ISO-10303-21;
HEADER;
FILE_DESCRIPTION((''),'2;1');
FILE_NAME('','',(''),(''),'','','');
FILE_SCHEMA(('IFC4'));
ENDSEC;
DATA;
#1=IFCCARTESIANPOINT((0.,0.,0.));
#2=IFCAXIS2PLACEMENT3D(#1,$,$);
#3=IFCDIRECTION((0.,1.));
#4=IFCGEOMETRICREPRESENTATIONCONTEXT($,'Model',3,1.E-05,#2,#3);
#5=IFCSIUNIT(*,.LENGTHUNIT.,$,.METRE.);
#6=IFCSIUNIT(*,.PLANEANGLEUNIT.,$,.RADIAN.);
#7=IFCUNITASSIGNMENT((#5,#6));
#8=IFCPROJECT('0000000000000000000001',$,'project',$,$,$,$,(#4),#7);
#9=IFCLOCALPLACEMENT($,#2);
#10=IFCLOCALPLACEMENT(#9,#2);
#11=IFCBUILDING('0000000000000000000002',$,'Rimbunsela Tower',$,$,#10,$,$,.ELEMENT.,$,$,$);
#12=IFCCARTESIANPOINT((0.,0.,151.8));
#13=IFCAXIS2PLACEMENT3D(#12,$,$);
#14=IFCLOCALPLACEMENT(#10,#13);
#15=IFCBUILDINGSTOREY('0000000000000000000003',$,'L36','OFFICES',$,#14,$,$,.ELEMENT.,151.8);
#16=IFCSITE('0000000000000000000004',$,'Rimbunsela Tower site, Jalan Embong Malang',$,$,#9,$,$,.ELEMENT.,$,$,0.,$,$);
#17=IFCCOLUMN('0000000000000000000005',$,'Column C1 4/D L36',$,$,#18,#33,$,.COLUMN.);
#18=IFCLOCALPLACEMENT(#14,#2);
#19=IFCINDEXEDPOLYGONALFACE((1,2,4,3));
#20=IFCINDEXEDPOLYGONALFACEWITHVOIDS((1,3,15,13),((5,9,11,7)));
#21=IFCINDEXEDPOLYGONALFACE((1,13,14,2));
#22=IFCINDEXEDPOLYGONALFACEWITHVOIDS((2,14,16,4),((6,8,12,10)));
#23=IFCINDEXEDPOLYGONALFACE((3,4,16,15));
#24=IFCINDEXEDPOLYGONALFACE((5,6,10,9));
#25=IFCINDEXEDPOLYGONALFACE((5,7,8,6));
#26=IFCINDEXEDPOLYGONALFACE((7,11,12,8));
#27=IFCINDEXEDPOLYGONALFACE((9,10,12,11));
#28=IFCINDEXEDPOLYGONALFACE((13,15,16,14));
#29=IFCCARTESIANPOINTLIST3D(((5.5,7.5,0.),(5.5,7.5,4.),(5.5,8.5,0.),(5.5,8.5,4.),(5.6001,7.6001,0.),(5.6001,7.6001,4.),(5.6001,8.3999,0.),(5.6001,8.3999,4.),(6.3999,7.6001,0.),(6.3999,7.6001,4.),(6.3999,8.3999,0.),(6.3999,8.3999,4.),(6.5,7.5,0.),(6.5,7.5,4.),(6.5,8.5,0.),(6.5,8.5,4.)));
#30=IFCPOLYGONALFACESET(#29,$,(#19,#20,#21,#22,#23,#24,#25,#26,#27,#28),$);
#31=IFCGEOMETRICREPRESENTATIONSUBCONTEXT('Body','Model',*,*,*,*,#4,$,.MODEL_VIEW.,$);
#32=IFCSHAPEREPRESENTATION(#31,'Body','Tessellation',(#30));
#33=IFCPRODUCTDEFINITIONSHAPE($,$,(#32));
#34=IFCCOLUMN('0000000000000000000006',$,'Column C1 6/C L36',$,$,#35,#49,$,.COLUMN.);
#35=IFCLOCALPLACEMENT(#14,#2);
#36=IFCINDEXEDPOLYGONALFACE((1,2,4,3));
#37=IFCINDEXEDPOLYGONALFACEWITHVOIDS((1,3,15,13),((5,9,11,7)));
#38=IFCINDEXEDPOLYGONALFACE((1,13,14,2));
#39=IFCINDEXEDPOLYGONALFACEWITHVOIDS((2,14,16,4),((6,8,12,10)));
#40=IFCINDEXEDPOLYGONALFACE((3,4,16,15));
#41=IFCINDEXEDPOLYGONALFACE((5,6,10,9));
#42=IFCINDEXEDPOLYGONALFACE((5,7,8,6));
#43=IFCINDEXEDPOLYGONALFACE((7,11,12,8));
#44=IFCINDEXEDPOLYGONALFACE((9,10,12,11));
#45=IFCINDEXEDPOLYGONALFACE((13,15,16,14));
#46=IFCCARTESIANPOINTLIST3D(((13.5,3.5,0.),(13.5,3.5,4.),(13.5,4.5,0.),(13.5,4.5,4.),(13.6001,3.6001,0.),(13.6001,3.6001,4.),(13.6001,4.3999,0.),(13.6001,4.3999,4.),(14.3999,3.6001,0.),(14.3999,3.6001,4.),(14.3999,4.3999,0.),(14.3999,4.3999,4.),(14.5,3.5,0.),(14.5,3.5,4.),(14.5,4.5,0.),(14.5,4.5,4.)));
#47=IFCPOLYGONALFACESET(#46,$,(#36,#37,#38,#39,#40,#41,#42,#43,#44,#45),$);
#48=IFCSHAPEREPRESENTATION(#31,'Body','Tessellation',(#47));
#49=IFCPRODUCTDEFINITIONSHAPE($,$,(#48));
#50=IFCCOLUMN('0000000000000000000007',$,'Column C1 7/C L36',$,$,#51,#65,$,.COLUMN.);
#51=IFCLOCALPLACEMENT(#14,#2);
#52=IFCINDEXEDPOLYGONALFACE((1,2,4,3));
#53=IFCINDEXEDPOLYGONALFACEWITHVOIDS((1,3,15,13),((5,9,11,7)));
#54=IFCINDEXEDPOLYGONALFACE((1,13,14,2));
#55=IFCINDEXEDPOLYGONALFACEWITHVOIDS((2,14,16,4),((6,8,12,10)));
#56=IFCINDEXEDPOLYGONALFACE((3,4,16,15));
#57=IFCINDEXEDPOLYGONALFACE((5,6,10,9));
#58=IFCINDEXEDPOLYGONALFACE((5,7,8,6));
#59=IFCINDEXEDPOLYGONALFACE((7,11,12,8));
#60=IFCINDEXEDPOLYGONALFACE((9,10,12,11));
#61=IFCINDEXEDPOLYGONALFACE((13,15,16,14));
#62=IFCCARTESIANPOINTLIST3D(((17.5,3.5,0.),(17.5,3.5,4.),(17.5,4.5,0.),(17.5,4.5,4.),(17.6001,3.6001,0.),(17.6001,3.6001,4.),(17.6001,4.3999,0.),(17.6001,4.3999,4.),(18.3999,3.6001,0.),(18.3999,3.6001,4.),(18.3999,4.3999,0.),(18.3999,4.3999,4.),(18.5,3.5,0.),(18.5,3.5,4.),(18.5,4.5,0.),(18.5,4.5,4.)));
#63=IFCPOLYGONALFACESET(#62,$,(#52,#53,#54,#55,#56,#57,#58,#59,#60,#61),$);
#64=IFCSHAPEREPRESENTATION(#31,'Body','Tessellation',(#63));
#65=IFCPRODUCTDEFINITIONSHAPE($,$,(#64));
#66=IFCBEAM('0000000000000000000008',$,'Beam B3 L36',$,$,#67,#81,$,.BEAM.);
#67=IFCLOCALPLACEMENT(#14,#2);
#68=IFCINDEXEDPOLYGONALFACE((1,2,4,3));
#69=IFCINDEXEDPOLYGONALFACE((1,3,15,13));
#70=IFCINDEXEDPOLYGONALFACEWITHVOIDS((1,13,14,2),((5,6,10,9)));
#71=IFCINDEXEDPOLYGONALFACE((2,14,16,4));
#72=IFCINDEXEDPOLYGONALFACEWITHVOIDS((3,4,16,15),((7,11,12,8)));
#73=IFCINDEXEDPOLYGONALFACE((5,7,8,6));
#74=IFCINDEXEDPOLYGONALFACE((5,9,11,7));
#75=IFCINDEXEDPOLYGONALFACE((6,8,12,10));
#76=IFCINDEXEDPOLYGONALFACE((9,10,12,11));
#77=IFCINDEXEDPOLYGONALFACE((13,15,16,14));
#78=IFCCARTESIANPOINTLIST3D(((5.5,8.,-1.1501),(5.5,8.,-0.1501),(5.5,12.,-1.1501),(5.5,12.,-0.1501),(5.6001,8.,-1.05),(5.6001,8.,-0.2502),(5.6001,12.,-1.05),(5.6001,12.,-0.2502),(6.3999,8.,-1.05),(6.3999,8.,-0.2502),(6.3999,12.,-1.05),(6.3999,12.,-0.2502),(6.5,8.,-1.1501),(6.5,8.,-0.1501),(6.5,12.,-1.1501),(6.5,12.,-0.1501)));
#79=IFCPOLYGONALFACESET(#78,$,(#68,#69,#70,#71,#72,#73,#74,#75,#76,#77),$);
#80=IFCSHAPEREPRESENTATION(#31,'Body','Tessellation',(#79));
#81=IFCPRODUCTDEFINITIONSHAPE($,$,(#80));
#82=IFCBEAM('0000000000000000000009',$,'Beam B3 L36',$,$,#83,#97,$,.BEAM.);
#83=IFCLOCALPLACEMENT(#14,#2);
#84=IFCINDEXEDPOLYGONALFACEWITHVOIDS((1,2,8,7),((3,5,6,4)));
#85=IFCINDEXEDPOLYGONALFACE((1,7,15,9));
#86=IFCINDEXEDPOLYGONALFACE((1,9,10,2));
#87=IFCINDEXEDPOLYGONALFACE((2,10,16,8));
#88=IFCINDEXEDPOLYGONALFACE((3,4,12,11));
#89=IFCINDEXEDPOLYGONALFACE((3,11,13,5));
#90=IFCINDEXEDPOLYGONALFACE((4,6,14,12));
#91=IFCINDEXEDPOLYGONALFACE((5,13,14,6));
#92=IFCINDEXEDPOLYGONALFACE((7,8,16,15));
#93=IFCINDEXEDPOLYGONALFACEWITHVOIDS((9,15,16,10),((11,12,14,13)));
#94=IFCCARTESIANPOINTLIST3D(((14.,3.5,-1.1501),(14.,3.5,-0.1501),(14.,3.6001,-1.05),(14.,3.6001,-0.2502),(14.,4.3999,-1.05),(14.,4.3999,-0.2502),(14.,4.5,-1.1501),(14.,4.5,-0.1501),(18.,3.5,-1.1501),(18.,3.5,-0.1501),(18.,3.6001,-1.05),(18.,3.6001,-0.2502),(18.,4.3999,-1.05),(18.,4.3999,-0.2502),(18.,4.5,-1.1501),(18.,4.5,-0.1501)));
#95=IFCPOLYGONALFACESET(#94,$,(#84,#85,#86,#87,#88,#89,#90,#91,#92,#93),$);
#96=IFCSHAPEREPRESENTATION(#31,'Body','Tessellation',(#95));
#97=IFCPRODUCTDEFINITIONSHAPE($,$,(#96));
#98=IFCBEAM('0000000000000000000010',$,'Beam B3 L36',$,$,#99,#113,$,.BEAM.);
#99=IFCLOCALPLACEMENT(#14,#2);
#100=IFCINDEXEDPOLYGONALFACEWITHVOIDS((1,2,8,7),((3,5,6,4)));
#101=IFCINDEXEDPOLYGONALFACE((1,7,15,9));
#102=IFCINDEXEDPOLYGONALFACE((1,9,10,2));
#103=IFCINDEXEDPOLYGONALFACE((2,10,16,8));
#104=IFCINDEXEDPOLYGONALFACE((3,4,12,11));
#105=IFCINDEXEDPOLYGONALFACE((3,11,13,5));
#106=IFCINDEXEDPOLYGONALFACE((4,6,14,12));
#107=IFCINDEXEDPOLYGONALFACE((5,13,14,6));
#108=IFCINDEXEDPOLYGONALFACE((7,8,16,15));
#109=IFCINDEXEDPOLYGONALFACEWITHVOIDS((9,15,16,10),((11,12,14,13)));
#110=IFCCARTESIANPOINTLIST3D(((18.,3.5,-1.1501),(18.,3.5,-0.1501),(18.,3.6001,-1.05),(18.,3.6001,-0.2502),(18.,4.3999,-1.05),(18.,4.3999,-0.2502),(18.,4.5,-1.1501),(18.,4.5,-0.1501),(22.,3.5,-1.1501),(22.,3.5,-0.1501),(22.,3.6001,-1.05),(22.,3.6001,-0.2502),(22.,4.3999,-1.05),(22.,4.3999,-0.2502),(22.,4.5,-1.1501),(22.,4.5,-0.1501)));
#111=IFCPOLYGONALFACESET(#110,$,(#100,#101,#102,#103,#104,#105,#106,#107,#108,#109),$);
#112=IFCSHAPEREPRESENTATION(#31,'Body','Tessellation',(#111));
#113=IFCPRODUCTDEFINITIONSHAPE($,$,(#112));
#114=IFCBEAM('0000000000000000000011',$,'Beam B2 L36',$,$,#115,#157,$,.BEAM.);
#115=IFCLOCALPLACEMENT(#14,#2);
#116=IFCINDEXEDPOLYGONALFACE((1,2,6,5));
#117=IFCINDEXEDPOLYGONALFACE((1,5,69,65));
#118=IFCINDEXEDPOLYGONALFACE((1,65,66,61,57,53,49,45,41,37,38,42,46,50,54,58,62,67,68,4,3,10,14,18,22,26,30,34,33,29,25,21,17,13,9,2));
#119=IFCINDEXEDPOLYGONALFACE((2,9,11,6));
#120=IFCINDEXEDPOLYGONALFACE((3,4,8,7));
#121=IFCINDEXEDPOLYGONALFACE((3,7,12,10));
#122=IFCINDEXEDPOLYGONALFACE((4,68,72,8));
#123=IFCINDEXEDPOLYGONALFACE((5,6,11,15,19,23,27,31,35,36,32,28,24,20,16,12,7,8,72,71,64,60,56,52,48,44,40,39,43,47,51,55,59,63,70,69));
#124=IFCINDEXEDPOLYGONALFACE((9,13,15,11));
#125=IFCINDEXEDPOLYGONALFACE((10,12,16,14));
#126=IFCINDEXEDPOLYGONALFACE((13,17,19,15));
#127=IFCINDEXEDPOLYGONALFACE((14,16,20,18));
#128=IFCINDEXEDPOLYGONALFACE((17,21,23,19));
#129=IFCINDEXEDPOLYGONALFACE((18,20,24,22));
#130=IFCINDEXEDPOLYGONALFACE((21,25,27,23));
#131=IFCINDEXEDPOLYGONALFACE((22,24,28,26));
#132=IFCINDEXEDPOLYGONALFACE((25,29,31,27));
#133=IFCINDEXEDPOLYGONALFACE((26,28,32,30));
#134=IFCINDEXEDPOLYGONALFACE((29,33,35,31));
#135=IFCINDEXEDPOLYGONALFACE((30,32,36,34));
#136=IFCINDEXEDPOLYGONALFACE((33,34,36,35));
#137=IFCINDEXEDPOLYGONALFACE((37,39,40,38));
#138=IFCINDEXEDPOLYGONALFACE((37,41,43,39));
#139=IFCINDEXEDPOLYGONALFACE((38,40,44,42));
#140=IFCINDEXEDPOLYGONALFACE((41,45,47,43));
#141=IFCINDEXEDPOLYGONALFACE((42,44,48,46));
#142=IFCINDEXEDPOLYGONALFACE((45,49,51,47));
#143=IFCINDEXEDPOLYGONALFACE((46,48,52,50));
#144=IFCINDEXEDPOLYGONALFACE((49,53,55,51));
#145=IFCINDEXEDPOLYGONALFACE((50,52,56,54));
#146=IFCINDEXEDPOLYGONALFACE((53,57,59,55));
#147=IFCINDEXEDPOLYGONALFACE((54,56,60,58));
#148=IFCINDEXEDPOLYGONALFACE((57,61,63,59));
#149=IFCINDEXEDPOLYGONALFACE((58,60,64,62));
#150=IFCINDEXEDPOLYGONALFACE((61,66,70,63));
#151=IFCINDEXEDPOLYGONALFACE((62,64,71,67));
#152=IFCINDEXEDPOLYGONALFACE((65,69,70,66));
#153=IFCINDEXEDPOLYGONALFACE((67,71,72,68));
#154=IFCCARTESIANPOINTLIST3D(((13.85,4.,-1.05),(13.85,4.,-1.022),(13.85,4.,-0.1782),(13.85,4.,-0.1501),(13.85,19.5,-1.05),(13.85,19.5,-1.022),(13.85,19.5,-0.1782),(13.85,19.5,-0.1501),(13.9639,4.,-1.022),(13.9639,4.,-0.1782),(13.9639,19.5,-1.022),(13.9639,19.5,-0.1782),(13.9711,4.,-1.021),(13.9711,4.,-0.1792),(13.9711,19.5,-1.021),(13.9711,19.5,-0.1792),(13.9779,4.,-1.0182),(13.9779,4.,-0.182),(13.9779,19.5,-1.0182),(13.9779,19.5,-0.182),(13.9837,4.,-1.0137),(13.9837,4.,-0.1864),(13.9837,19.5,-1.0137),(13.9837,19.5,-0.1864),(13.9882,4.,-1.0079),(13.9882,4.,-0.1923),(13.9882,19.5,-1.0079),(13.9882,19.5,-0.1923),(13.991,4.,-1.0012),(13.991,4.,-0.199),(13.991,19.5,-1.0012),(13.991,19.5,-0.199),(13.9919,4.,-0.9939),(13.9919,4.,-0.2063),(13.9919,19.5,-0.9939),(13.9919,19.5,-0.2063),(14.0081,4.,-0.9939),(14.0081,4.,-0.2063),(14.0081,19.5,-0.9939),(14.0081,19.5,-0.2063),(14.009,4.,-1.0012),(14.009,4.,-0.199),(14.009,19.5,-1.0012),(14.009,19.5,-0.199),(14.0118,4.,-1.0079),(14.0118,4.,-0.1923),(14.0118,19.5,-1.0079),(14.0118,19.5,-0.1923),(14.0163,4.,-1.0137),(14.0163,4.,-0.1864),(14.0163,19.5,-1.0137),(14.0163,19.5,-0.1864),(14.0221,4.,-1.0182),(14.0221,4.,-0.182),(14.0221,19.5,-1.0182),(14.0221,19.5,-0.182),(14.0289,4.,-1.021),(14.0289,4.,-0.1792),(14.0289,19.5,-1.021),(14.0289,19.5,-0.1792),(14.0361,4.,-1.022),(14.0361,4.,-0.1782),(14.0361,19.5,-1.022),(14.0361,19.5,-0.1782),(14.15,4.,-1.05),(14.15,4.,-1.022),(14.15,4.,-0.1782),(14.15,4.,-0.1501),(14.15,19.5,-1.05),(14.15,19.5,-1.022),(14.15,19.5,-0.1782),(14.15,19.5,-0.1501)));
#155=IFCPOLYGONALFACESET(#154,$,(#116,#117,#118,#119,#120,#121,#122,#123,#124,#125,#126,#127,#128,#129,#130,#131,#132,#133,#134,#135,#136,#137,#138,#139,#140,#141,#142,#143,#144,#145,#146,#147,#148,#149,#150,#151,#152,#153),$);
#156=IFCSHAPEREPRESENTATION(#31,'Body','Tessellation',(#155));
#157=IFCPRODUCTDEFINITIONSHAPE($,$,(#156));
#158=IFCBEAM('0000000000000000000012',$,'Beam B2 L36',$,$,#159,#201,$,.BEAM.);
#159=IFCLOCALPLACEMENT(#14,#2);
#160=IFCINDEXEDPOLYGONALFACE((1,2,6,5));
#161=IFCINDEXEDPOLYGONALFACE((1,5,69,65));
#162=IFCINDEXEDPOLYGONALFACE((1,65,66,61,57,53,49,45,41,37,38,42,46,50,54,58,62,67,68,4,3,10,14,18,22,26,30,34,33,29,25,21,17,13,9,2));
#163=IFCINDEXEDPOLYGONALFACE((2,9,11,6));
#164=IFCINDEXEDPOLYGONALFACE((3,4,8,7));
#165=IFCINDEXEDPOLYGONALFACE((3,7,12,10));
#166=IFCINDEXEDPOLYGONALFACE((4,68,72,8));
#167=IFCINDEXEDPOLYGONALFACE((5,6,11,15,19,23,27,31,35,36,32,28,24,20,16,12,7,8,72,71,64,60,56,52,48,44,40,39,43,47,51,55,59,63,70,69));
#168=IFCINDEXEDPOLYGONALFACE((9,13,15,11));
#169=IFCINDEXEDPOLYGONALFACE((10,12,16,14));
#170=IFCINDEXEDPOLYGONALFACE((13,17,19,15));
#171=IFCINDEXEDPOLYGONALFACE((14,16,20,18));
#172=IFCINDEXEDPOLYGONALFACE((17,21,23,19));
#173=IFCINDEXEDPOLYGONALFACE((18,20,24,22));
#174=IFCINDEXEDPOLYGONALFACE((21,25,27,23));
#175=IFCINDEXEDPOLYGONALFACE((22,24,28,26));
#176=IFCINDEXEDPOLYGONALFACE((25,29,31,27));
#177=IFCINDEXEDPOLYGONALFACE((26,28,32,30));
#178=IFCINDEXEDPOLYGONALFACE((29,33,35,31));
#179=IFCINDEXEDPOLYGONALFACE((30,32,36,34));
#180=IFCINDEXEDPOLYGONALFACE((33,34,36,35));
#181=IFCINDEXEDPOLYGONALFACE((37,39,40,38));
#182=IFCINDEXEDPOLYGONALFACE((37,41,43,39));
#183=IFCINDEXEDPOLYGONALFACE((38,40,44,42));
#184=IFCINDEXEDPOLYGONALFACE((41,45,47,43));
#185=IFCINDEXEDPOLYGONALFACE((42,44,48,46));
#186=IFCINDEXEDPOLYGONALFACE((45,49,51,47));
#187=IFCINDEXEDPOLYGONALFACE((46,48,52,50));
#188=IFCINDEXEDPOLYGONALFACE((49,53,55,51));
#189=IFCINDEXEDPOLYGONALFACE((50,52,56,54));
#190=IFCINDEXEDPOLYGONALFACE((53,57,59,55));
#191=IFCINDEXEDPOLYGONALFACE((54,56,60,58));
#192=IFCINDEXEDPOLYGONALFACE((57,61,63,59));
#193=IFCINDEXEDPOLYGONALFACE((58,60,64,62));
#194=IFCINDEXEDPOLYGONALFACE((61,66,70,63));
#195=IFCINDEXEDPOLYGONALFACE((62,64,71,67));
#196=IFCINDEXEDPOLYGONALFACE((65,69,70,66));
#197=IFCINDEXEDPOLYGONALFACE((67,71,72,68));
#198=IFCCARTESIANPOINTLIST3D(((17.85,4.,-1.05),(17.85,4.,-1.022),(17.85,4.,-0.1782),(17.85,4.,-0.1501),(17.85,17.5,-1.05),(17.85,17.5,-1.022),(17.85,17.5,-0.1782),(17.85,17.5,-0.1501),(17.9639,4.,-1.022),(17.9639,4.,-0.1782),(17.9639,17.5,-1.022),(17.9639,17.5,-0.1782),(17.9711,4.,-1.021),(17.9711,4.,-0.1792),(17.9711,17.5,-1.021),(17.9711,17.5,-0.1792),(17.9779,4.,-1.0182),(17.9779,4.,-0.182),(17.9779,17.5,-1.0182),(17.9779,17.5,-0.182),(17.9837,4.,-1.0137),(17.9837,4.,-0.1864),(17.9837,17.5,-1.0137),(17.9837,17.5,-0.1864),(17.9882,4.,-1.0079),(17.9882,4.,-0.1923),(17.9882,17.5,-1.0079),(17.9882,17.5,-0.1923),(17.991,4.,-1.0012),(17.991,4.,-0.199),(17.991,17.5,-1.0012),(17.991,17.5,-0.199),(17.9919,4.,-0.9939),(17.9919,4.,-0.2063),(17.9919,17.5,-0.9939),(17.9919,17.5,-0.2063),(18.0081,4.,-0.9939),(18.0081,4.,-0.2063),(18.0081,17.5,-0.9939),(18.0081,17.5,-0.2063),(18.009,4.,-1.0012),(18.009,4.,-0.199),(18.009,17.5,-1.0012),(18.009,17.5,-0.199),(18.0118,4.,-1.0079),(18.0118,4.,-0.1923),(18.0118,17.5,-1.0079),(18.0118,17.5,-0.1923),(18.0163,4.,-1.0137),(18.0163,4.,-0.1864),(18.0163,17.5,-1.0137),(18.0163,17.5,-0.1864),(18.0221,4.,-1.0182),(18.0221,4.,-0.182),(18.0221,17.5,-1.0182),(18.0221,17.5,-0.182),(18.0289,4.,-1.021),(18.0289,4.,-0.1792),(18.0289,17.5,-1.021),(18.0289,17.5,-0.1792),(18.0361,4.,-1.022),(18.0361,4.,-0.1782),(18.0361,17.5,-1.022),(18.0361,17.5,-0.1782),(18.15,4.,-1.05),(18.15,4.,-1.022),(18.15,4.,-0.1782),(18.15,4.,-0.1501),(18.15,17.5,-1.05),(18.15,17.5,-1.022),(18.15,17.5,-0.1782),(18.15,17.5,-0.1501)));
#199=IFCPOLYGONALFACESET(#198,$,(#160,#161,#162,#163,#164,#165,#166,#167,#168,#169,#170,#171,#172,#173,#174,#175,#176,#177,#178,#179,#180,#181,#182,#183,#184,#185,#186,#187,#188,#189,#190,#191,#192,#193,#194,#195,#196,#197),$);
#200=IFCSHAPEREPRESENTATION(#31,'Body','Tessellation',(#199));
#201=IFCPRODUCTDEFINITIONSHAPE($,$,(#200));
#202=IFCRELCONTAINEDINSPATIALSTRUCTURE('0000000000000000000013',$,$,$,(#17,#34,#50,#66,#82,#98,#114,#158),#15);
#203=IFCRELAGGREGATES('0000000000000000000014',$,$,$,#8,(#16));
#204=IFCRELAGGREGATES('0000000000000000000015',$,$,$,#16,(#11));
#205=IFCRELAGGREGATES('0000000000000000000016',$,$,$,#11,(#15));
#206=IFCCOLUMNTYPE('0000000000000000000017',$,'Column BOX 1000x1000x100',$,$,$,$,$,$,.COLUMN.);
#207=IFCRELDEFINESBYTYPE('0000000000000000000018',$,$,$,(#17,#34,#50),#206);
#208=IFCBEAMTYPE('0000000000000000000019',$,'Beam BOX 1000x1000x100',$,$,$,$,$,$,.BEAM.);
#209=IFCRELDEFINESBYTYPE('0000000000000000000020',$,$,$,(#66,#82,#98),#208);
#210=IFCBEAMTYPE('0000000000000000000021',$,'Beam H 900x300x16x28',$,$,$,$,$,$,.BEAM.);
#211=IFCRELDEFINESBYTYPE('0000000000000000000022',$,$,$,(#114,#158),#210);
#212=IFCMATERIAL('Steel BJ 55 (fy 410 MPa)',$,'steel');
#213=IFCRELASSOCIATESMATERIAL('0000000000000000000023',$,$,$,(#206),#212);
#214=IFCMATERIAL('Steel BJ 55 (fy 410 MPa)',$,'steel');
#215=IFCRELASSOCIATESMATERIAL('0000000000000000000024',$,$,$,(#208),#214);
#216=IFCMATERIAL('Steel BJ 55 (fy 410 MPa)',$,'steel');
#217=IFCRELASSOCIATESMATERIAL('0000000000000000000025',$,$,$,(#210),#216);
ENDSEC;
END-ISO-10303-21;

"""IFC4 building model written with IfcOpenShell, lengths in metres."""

from ifc_helpers import new_model, si_unit, direction, frame, origin, origin_2d, place, context, subcontext, project, spatial, hollow_rectangle, i_section, extrude, material, material_profile, profile_set, type_object, element, save


model = new_model("IFC4")

# Units and contexts
model_context = context("Model", 3, precision=1e-05, world=origin(), true_north=direction((0.0, 1.0)))
body_context = subcontext(model_context, "Body", "Model", "MODEL_VIEW")
ifc_project = project(units=[si_unit("LENGTHUNIT", "METRE"), si_unit("PLANEANGLEUNIT", "RADIAN")], contexts=[model_context])

# Site, building, storey
site_placement = place(None, origin())
site = spatial("IfcSite", under=ifc_project, at=site_placement, Name="Rimbunsela Tower site, Jalan Embong Malang", CompositionType="ELEMENT", RefElevation=0.0)
building_placement = place(site_placement, origin())
building = spatial("IfcBuilding", under=site, at=building_placement, Name="Rimbunsela Tower", CompositionType="ELEMENT")
storey_placement = place(building_placement, frame((0.0, 0.0, 151.8)))
storey = spatial("IfcBuildingStorey", under=building, at=storey_placement, Name="L36", Description="OFFICES", CompositionType="ELEMENT", Elevation=151.8)

# Columns
ifc_material_1 = material(Name="Steel BJ 55 (fy 410 MPa)", Category="steel")
ifc_material_profile_1 = material_profile(ifc_material_1, hollow_rectangle(XDim=1.0, YDim=1.0, WallThickness=0.1001, at=origin_2d()), Name="BOX 1000x1000x100")
ifc_profile_set_1 = profile_set([ifc_material_profile_1], Name="Steel BJ 55 (fy 410 MPa)")
column_type = type_object("IfcColumnType", Name="Column BOX 1000x1000x100", PredefinedType="COLUMN", material=ifc_profile_set_1)
for number, where, z_axis, x_axis, name in (
    (1, (6.0, 8.0, 0.0), (0.0, 0.0, 1.0), (1.0, 0.0, 0.0), "Column C1 4/D L36"),
    (2, (14.0, 4.0, 0.0), (0.0, 0.0, 1.0), (1.0, 0.0, 0.0), "Column C1 6/C L36"),
    (3, (18.0, 4.0, 0.0), (0.0, 0.0, 1.0), (1.0, 0.0, 0.0), "Column C1 7/C L36"),
):
    element("IfcColumn", number, at=place(storey_placement, frame(where, z_axis=z_axis, x_axis=x_axis)), inside=storey, type_object=column_type, Name=name, PredefinedType="COLUMN", context=body_context, shape_type="SweptSolid", body=[
        extrude(hollow_rectangle(XDim=1.0, YDim=1.0, WallThickness=0.1001, at=origin_2d()), origin(), (0.0, 0.0, 1.0), 4.0),
    ])

# Beams
ifc_material_2 = material(Name="Steel BJ 55 (fy 410 MPa)", Category="steel")
ifc_material_profile_2 = material_profile(ifc_material_2, hollow_rectangle(XDim=1.0, YDim=1.0, WallThickness=0.1001, at=origin_2d()), Name="BOX 1000x1000x100")
ifc_profile_set_2 = profile_set([ifc_material_profile_2], Name="Steel BJ 55 (fy 410 MPa)")
beam_type_1 = type_object("IfcBeamType", Name="Beam BOX 1000x1000x100", PredefinedType="BEAM", material=ifc_profile_set_2)
for number, where, z_axis, x_axis, name in (
    (4, (6.0, 8.0, -0.6501), (0.0, 1.0, 0.0), (-1.0, 0.0, 0.0), "Beam B3 L36"),
    (5, (14.0, 4.0, -0.6501), (1.0, 0.0, 0.0), (0.0, 1.0, 0.0), "Beam B3 L36"),
    (6, (18.0, 4.0, -0.6501), (1.0, 0.0, 0.0), (0.0, 1.0, 0.0), "Beam B3 L36"),
):
    element("IfcBeam", number, at=place(storey_placement, frame(where, z_axis=z_axis, x_axis=x_axis)), inside=storey, type_object=beam_type_1, Name=name, PredefinedType="BEAM", context=body_context, shape_type="SweptSolid", body=[
        extrude(hollow_rectangle(XDim=1.0, YDim=1.0, WallThickness=0.1001, at=origin_2d()), origin(), (0.0, 0.0, 1.0), 4.0),
    ])
ifc_material_3 = material(Name="Steel BJ 55 (fy 410 MPa)", Category="steel")
ifc_material_profile_3 = material_profile(ifc_material_3, i_section(OverallWidth=0.3, OverallDepth=0.8999, WebThickness=0.0161, FlangeThickness=0.0281, FilletRadius=0.0281, at=origin_2d()), Name="H 900x300x16x28")
ifc_profile_set_3 = profile_set([ifc_material_profile_3], Name="Steel BJ 55 (fy 410 MPa)")
beam_type_2 = type_object("IfcBeamType", Name="Beam H 900x300x16x28", PredefinedType="BEAM", material=ifc_profile_set_3)
beam_1_placement = place(storey_placement, frame((14.0, 4.0, -0.6001), z_axis=(0.0, 1.0, 0.0), x_axis=(-1.0, 0.0, 0.0)))
element("IfcBeam", 7, at=beam_1_placement, inside=storey, type_object=beam_type_2, Name="Beam B2 L36", PredefinedType="BEAM", context=body_context, shape_type="SweptSolid", body=[
    extrude(i_section(OverallWidth=0.3, OverallDepth=0.8999, WebThickness=0.0161, FlangeThickness=0.0281, FilletRadius=0.0281, at=origin_2d()), origin(), (0.0, 0.0, 1.0), 15.5),
])
beam_2_placement = place(storey_placement, frame((18.0, 4.0, -0.6001), z_axis=(0.0, 1.0, 0.0), x_axis=(-1.0, 0.0, 0.0)))
element("IfcBeam", 8, at=beam_2_placement, inside=storey, type_object=beam_type_2, Name="Beam B2 L36", PredefinedType="BEAM", context=body_context, shape_type="SweptSolid", body=[
    extrude(i_section(OverallWidth=0.3, OverallDepth=0.8999, WebThickness=0.0161, FlangeThickness=0.0281, FilletRadius=0.0281, at=origin_2d()), origin(), (0.0, 0.0, 1.0), 13.5),
])

save(model, "model.ifc")
